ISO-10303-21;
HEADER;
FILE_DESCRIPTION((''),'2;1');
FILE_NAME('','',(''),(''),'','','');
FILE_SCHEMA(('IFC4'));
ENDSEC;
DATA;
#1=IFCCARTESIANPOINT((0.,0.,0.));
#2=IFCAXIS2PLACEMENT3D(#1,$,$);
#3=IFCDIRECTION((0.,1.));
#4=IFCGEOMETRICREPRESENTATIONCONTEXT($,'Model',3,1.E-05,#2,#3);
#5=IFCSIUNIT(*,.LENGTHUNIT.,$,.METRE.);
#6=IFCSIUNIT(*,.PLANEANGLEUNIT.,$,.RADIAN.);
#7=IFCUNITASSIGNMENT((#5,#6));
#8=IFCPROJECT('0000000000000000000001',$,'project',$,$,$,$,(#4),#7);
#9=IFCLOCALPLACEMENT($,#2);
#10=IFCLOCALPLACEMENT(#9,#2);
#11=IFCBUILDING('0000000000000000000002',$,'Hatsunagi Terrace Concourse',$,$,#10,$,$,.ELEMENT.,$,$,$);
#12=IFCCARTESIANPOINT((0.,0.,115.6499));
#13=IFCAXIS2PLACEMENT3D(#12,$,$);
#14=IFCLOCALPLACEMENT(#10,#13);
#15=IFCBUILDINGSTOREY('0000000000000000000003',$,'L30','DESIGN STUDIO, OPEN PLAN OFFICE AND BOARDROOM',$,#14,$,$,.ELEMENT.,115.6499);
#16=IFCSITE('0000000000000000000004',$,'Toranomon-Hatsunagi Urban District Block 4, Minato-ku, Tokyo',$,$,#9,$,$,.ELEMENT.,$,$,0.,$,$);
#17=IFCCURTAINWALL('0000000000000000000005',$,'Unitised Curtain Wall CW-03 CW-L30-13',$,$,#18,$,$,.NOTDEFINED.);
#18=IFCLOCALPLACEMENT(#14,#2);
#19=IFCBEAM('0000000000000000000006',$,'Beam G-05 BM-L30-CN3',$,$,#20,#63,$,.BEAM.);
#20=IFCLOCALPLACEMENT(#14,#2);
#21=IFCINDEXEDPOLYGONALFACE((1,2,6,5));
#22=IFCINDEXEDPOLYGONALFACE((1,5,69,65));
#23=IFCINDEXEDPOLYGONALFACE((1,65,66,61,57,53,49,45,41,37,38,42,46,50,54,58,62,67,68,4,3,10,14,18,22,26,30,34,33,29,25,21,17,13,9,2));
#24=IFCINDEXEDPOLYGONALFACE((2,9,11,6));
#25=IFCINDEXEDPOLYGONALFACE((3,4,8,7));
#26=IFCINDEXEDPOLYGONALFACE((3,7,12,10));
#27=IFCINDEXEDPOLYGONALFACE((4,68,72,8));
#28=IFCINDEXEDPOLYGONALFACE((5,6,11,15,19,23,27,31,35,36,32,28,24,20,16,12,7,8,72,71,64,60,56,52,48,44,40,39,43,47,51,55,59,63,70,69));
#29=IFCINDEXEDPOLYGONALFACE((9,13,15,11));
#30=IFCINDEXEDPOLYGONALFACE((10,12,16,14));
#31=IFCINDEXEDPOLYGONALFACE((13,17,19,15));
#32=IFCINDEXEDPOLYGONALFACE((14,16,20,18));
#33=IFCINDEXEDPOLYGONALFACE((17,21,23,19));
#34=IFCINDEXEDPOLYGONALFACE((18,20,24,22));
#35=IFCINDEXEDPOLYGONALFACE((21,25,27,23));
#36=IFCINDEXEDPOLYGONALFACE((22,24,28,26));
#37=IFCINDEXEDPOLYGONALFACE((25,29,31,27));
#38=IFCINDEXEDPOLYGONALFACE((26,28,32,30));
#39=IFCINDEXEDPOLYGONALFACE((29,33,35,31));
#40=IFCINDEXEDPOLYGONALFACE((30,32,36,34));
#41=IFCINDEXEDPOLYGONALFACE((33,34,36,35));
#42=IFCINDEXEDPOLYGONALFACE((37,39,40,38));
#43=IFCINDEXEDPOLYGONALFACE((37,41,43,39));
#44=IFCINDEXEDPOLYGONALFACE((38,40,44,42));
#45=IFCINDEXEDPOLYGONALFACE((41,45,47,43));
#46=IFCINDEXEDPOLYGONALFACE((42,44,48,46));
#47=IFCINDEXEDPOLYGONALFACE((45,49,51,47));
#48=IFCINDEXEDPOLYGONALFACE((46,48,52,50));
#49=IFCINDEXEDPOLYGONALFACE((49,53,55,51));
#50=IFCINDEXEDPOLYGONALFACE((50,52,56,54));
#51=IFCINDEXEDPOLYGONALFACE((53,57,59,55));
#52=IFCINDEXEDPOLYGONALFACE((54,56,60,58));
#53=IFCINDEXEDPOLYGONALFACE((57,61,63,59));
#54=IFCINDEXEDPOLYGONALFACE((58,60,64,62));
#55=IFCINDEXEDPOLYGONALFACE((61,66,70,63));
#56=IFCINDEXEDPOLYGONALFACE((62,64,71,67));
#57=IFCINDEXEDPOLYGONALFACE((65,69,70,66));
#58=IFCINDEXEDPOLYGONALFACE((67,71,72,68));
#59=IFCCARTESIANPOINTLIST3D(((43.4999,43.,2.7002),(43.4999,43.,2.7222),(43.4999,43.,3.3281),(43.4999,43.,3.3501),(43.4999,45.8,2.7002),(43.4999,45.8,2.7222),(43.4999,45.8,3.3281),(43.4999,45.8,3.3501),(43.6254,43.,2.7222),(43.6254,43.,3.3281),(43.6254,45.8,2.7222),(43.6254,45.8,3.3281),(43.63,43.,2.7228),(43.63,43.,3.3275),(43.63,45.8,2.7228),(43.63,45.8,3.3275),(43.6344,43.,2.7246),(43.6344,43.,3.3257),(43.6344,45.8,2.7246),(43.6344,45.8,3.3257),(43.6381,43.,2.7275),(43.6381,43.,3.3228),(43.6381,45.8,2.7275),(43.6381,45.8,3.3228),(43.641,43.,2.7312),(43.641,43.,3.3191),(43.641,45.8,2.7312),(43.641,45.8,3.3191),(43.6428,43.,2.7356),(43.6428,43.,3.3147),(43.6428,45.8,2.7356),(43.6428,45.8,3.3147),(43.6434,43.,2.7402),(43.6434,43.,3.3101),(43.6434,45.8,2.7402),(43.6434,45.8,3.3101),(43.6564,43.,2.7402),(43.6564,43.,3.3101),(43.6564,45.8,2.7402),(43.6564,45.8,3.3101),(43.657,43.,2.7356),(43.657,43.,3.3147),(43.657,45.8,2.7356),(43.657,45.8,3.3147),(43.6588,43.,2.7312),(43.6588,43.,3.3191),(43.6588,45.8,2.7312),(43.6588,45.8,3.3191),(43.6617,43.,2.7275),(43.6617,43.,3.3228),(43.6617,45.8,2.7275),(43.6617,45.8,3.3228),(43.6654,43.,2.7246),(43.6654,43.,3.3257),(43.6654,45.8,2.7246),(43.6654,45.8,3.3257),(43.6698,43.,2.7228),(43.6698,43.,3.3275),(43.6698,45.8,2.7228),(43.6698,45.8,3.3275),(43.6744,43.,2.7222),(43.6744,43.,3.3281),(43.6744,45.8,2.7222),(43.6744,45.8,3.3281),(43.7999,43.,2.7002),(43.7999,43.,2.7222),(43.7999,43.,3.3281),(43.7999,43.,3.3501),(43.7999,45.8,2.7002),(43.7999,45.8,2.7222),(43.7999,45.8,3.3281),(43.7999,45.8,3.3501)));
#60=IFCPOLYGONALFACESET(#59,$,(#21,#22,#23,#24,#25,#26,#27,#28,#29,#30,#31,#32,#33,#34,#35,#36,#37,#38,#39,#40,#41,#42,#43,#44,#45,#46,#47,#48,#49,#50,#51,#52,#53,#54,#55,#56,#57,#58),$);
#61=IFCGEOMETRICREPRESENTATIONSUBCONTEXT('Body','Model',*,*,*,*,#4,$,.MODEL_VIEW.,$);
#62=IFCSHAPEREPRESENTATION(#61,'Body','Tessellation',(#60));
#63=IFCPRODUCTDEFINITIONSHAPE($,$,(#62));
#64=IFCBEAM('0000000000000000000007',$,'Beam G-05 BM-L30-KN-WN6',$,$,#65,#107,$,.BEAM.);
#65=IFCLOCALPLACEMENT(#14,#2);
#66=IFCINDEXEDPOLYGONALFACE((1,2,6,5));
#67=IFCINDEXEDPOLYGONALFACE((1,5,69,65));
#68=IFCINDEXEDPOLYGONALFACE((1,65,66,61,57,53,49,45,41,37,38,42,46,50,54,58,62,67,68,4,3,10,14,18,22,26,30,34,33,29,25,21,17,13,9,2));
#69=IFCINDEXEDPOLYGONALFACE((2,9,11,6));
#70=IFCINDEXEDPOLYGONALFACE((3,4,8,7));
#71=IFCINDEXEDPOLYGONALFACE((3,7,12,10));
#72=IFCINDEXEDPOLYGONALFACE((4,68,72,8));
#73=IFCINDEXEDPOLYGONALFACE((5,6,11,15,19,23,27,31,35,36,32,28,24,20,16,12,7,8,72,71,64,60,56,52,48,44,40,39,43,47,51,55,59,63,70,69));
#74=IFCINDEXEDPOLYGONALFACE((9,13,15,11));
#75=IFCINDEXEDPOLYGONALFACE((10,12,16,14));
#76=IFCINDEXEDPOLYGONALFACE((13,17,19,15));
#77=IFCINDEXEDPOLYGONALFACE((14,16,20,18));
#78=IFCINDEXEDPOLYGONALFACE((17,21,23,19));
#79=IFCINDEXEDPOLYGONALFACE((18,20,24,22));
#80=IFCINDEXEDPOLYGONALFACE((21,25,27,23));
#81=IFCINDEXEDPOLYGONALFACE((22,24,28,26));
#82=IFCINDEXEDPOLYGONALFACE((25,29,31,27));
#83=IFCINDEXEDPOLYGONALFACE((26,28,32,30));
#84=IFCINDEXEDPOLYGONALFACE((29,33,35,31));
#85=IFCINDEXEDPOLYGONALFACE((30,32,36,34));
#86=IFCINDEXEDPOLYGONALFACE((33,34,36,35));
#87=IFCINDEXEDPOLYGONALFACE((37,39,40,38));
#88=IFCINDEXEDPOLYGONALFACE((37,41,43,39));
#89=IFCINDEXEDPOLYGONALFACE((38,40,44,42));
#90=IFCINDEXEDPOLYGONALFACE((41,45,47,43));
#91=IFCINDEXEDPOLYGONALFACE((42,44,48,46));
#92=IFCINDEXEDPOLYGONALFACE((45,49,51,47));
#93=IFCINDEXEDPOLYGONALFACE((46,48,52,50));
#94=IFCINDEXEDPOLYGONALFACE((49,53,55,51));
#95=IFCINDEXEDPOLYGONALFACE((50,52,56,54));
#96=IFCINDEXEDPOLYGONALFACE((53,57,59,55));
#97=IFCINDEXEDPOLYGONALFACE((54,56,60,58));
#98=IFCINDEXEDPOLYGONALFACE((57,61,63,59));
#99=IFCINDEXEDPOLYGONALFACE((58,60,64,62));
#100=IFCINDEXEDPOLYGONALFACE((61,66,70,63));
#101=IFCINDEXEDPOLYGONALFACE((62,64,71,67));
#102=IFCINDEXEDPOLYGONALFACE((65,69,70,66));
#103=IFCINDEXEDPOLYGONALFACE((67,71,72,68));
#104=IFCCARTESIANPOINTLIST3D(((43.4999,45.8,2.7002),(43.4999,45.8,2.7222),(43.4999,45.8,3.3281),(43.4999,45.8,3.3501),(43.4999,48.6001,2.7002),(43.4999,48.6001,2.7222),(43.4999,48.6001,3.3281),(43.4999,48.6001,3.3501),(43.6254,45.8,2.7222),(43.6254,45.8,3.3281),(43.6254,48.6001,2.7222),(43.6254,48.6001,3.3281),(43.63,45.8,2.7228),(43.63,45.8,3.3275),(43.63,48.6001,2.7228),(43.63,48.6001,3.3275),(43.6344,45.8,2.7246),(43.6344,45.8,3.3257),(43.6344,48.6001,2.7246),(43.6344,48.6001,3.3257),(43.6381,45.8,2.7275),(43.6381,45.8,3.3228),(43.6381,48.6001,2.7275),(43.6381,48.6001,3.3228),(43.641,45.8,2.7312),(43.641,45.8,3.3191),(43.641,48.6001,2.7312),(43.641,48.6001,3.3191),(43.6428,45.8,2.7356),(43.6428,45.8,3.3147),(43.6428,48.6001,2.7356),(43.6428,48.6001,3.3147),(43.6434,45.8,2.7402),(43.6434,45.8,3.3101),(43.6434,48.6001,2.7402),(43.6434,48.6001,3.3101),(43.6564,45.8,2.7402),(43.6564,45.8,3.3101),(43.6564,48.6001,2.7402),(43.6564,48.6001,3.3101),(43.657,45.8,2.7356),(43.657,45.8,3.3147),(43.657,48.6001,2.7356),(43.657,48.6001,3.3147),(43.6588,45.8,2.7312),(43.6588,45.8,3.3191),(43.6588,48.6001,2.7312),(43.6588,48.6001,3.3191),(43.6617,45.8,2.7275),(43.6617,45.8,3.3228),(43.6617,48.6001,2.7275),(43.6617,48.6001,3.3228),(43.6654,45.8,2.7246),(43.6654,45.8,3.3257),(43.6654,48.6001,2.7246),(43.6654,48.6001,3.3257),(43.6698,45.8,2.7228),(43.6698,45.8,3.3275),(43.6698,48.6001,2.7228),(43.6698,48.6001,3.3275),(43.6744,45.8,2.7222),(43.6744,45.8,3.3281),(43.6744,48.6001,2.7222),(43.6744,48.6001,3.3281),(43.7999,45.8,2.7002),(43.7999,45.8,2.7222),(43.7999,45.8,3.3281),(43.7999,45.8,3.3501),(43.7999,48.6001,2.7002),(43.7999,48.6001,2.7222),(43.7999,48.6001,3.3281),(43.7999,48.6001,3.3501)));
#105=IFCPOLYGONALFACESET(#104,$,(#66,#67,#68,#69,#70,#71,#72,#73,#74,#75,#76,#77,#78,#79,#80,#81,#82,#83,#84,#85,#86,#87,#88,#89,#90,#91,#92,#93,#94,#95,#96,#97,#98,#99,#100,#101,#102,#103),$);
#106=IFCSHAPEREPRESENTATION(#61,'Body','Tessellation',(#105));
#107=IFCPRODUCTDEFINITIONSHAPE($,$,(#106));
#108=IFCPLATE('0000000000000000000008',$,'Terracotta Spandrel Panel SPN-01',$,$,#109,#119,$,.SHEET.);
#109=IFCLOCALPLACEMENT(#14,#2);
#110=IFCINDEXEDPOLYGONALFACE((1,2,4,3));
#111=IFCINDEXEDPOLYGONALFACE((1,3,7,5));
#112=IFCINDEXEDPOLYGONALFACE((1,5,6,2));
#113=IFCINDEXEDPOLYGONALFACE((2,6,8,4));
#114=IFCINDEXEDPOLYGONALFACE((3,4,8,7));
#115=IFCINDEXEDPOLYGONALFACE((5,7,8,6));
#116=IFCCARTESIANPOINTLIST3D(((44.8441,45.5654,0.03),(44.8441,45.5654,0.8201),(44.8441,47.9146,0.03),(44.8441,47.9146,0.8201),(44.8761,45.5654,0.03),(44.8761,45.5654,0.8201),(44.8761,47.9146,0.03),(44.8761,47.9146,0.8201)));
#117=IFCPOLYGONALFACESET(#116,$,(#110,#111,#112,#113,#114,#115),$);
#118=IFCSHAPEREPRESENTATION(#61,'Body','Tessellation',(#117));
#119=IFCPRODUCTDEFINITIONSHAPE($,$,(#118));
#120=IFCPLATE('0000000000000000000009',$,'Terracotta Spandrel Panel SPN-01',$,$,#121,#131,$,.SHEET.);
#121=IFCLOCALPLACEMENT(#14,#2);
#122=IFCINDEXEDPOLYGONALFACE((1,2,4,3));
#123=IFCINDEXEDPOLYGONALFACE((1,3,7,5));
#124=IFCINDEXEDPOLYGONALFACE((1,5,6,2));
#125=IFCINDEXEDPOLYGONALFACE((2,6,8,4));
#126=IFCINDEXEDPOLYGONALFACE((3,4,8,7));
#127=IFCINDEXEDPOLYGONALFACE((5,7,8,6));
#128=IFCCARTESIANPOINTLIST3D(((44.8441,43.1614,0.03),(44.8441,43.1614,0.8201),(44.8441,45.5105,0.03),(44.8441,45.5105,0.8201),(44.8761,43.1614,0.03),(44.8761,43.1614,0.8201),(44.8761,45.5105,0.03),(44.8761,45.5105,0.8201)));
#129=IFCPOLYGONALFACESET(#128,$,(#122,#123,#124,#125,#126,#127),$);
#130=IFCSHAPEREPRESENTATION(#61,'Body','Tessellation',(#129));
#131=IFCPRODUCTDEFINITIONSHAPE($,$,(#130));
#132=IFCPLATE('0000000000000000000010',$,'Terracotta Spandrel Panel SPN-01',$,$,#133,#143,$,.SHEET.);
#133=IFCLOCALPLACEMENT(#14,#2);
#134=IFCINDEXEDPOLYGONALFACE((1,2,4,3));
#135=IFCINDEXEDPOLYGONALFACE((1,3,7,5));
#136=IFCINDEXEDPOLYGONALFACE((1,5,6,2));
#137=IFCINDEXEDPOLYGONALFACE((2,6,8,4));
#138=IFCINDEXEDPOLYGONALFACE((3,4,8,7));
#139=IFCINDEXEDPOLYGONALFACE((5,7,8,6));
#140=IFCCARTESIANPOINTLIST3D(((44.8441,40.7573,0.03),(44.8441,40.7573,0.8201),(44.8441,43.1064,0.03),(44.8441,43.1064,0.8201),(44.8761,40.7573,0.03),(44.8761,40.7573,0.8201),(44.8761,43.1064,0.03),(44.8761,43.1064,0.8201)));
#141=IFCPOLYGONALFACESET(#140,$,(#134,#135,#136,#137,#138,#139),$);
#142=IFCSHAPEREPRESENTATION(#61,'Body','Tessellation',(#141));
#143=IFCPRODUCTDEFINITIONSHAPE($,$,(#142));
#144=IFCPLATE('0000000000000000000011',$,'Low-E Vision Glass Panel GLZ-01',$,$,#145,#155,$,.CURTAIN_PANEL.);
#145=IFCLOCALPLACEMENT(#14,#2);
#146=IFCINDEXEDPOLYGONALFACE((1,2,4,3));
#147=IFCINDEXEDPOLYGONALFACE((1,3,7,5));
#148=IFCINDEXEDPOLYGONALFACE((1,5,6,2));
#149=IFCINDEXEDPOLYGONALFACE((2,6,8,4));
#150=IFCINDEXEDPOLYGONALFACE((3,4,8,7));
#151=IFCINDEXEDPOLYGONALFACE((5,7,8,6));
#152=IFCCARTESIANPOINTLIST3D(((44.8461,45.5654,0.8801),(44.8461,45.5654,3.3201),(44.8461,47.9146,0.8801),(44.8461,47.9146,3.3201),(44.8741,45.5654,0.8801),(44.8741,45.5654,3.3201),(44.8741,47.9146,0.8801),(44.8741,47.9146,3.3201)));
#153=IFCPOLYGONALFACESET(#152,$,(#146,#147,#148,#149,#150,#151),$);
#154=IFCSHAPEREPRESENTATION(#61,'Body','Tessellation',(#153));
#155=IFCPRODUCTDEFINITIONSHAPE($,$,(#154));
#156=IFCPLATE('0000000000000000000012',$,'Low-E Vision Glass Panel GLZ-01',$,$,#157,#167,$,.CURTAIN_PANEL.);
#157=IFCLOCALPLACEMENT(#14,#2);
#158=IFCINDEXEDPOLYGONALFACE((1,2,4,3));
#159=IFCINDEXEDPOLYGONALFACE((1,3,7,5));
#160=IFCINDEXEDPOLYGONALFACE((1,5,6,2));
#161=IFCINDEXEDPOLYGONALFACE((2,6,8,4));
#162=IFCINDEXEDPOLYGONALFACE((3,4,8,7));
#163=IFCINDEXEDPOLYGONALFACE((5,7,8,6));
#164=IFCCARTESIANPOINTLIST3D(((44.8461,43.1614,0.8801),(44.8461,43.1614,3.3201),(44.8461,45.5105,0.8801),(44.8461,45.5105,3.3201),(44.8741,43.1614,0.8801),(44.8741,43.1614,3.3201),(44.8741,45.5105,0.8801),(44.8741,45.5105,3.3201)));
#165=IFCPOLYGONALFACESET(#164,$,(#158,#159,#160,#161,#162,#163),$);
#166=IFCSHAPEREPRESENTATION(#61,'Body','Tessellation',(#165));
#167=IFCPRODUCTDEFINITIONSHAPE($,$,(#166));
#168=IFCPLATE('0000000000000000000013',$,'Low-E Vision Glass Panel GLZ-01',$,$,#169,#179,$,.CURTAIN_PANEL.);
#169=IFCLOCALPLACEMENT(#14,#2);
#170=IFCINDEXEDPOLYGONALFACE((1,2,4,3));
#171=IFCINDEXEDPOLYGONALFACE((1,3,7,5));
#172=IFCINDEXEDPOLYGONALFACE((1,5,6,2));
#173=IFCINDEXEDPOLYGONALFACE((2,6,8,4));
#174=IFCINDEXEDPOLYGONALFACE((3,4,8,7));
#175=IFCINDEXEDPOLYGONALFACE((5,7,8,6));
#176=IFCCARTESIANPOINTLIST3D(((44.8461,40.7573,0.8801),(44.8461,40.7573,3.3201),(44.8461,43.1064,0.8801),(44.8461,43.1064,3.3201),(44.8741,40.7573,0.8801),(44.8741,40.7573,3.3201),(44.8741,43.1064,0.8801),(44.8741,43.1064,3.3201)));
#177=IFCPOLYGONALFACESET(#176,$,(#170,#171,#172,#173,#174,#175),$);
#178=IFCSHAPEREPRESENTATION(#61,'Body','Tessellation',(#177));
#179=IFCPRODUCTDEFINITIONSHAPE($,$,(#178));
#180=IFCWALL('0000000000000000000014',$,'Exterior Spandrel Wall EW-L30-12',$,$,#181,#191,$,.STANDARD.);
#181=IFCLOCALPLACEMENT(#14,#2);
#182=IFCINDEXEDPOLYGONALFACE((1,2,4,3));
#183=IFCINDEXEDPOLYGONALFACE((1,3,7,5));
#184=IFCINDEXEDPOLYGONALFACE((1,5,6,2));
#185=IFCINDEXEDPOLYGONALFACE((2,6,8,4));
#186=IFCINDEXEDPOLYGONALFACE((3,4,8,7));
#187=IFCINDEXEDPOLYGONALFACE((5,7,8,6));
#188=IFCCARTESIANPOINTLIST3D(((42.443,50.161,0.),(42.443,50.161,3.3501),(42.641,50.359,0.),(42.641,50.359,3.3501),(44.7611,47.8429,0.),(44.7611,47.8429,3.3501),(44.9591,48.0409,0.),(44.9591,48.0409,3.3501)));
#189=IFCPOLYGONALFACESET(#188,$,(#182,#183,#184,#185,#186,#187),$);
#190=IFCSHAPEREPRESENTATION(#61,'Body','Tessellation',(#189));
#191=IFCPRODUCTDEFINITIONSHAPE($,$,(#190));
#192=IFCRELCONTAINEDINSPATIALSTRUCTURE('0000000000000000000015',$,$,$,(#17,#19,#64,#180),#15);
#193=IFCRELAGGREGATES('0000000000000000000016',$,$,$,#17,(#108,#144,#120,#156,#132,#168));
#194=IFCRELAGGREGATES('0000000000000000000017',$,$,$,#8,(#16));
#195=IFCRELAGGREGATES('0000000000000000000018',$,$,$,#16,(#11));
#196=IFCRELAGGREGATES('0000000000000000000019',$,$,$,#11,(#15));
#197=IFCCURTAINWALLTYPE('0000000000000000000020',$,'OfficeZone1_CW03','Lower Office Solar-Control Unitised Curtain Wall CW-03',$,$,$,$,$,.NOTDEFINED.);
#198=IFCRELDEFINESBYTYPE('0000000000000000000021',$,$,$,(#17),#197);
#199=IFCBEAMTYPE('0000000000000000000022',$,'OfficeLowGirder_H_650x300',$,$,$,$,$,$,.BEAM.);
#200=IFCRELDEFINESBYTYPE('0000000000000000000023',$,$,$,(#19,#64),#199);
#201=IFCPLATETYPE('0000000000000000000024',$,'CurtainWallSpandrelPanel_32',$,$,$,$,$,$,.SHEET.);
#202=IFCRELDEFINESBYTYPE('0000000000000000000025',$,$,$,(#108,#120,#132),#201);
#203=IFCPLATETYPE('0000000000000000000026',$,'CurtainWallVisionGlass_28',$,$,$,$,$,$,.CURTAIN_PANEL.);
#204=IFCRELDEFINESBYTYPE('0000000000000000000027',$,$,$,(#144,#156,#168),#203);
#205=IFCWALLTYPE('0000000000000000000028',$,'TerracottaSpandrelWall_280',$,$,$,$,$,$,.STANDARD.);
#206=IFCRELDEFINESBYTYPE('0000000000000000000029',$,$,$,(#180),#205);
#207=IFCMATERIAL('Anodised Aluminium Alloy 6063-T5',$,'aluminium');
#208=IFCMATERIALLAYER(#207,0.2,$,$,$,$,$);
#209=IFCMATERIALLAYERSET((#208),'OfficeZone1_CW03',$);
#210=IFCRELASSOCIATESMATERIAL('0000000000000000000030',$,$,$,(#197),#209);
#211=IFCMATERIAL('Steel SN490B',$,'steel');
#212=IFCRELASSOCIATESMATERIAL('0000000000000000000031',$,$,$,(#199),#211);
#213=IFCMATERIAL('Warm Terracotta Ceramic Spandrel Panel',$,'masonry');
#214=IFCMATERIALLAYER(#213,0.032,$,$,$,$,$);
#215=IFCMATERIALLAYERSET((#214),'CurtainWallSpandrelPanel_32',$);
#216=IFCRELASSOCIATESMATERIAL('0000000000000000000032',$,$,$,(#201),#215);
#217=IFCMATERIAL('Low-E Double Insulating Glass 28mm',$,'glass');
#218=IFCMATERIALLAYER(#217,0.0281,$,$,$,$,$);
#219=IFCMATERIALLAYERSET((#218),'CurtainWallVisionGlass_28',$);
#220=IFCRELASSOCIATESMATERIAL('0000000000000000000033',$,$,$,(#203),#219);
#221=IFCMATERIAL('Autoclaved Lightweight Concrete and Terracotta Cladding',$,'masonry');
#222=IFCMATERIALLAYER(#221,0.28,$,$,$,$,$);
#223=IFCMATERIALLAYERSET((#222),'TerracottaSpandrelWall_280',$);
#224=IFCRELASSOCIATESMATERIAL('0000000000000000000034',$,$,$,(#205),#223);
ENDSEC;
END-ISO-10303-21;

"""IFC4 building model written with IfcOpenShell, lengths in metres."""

from ifc_helpers import new_model, si_unit, direction, frame, frame_2d, origin, origin_2d, place, context, subcontext, project, spatial, rectangle, i_section, extrude, material, layer, layer_set, material_profile, profile_set, type_object, element, aggregate, save


model = new_model("IFC4")

# Units and contexts
model_context = context("Model", 3, precision=1e-05, world=origin(), true_north=direction((0.0, 1.0)))
body_context = subcontext(model_context, "Body", "Model", "MODEL_VIEW")
ifc_project = project(units=[si_unit("LENGTHUNIT", "METRE"), si_unit("PLANEANGLEUNIT", "RADIAN")], contexts=[model_context])

# Site, building, storey
site_placement = place(None, origin())
site = spatial("IfcSite", under=ifc_project, at=site_placement, Name="Toranomon-Hatsunagi Urban District Block 4, Minato-ku, Tokyo", CompositionType="ELEMENT", RefElevation=0.0)
building_placement = place(site_placement, origin())
building = spatial("IfcBuilding", under=site, at=building_placement, Name="Hatsunagi Terrace Concourse", CompositionType="ELEMENT")
storey_placement = place(building_placement, frame((0.0, 0.0, 115.6499)))
storey = spatial("IfcBuildingStorey", under=building, at=storey_placement, Name="L30", Description="DESIGN STUDIO, OPEN PLAN OFFICE AND BOARDROOM", CompositionType="ELEMENT", Elevation=115.6499)

# Curtain wall
ifc_material_1 = material(Name="Anodised Aluminium Alloy 6063-T5", Category="aluminium")
ifc_layer_1 = layer(ifc_material_1, 0.2)
ifc_layer_set_1 = layer_set([ifc_layer_1], Name="OfficeZone1_CW03")
curtain_wall_type = type_object("IfcCurtainWallType", Name="OfficeZone1_CW03", Description="Lower Office Solar-Control Unitised Curtain Wall CW-03", PredefinedType="NOTDEFINED", material=ifc_layer_set_1)
curtain_wall_placement = place(storey_placement, origin())
curtain_wall = element("IfcCurtainWall", 1, at=curtain_wall_placement, inside=storey, type_object=curtain_wall_type, Name="Unitised Curtain Wall CW-03 CW-L30-13", PredefinedType="NOTDEFINED")

# Beams
ifc_material_2 = material(Name="Steel SN490B", Category="steel")
ifc_material_profile_1 = material_profile(ifc_material_2, i_section(OverallWidth=0.3, OverallDepth=0.6499, WebThickness=0.0129, FlangeThickness=0.022, FilletRadius=0.0181, at=origin_2d()), Name="H-650x300x13x22")
ifc_profile_set_1 = profile_set([ifc_material_profile_1], Name="Steel SN490B")
beam_type = type_object("IfcBeamType", Name="OfficeLowGirder_H_650x300", PredefinedType="BEAM", material=ifc_profile_set_1)
for number, where, z_axis, x_axis, name in (
    (2, (43.6499, 43.0, 3.0251), (0.0, 1.0, 0.0), (-1.0, 0.0, 0.0), "Beam G-05 BM-L30-CN3"),
    (3, (43.6499, 45.8, 3.0251), (0.0, 1.0, 0.0), (-1.0, 0.0, 0.0), "Beam G-05 BM-L30-KN-WN6"),
):
    element("IfcBeam", number, at=place(storey_placement, frame(where, z_axis=z_axis, x_axis=x_axis)), inside=storey, type_object=beam_type, Name=name, PredefinedType="BEAM", context=body_context, shape_type="SweptSolid", body=[
        extrude(i_section(OverallWidth=0.3, OverallDepth=0.6499, WebThickness=0.0129, FlangeThickness=0.022, FilletRadius=0.0181, at=origin_2d()), origin(), (0.0, 0.0, 1.0), 2.8),
    ])

# Plates
ifc_material_3 = material(Name="Warm Terracotta Ceramic Spandrel Panel", Category="masonry")
ifc_layer_2 = layer(ifc_material_3, 0.032)
ifc_layer_set_2 = layer_set([ifc_layer_2], Name="CurtainWallSpandrelPanel_32")
plate_type_1 = type_object("IfcPlateType", Name="CurtainWallSpandrelPanel_32", PredefinedType="SHEET", material=ifc_layer_set_2)
plate_1_placement = place(storey_placement, frame((44.8601, 46.74, 0.03), z_axis=(0.0, 0.0, 1.0), x_axis=(0.0, -1.0, 0.0)))
plate_1 = element("IfcPlate", 4, at=plate_1_placement, type_object=plate_type_1, Name="Terracotta Spandrel Panel SPN-01", PredefinedType="SHEET", context=body_context, shape_type="SweptSolid", body=[
    extrude(rectangle(XDim=2.3491, YDim=0.032, at=origin_2d()), origin(), (0.0, 0.0, 1.0), 0.79),
])
plate_2_placement = place(storey_placement, frame((44.8601, 44.3359, 0.03), z_axis=(0.0, 0.0, 1.0), x_axis=(0.0, -1.0, 0.0)))
plate_2 = element("IfcPlate", 5, at=plate_2_placement, type_object=plate_type_1, Name="Terracotta Spandrel Panel SPN-01", PredefinedType="SHEET", context=body_context, shape_type="SweptSolid", body=[
    extrude(rectangle(XDim=2.3491, YDim=0.032, at=origin_2d()), origin(), (0.0, 0.0, 1.0), 0.79),
])
plate_3_placement = place(storey_placement, frame((44.8601, 41.9319, 0.03), z_axis=(0.0, 0.0, 1.0), x_axis=(0.0, -1.0, 0.0)))
plate_3 = element("IfcPlate", 6, at=plate_3_placement, type_object=plate_type_1, Name="Terracotta Spandrel Panel SPN-01", PredefinedType="SHEET", context=body_context, shape_type="SweptSolid", body=[
    extrude(rectangle(XDim=2.3491, YDim=0.032, at=origin_2d()), origin(), (0.0, 0.0, 1.0), 0.79),
])
ifc_material_4 = material(Name="Low-E Double Insulating Glass 28mm", Category="glass")
ifc_layer_3 = layer(ifc_material_4, 0.0281)
ifc_layer_set_3 = layer_set([ifc_layer_3], Name="CurtainWallVisionGlass_28")
plate_type_2 = type_object("IfcPlateType", Name="CurtainWallVisionGlass_28", PredefinedType="CURTAIN_PANEL", material=ifc_layer_set_3)
plate_4_placement = place(storey_placement, frame((44.8601, 46.74, 0.8801), z_axis=(0.0, 0.0, 1.0), x_axis=(0.0, -1.0, 0.0)))
plate_4 = element("IfcPlate", 7, at=plate_4_placement, type_object=plate_type_2, Name="Low-E Vision Glass Panel GLZ-01", PredefinedType="CURTAIN_PANEL", context=body_context, shape_type="SweptSolid", body=[
    extrude(rectangle(XDim=2.3491, YDim=0.0281, at=origin_2d()), origin(), (0.0, 0.0, 1.0), 2.4399),
])
plate_5_placement = place(storey_placement, frame((44.8601, 44.3359, 0.8801), z_axis=(0.0, 0.0, 1.0), x_axis=(0.0, -1.0, 0.0)))
plate_5 = element("IfcPlate", 8, at=plate_5_placement, type_object=plate_type_2, Name="Low-E Vision Glass Panel GLZ-01", PredefinedType="CURTAIN_PANEL", context=body_context, shape_type="SweptSolid", body=[
    extrude(rectangle(XDim=2.3491, YDim=0.0281, at=origin_2d()), origin(), (0.0, 0.0, 1.0), 2.4399),
])
plate_6_placement = place(storey_placement, frame((44.8601, 41.9319, 0.8801), z_axis=(0.0, 0.0, 1.0), x_axis=(0.0, -1.0, 0.0)))
plate_6 = element("IfcPlate", 9, at=plate_6_placement, type_object=plate_type_2, Name="Low-E Vision Glass Panel GLZ-01", PredefinedType="CURTAIN_PANEL", context=body_context, shape_type="SweptSolid", body=[
    extrude(rectangle(XDim=2.3491, YDim=0.0281, at=origin_2d()), origin(), (0.0, 0.0, 1.0), 2.4399),
])
aggregate(curtain_wall, [plate_1, plate_4, plate_2, plate_5, plate_3, plate_6])

# Wall
ifc_material_5 = material(Name="Autoclaved Lightweight Concrete and Terracotta Cladding", Category="masonry")
ifc_layer_4 = layer(ifc_material_5, 0.28)
ifc_layer_set_4 = layer_set([ifc_layer_4], Name="TerracottaSpandrelWall_280")
wall_type = type_object("IfcWallType", Name="TerracottaSpandrelWall_280", PredefinedType="STANDARD", material=ifc_layer_set_4)
wall_placement = place(storey_placement, frame((42.542, 50.26, 0.0), z_axis=(0.0, 0.0, 1.0), x_axis=(0.707107, -0.707107, 0.0)))
element("IfcWall", 10, at=wall_placement, inside=storey, type_object=wall_type, Name="Exterior Spandrel Wall EW-L30-12", PredefinedType="STANDARD", context=body_context, shape_type="SweptSolid", body=[
    extrude(rectangle(XDim=3.2783, YDim=0.28, at=frame_2d((1.6392, 0.0))), origin(), (0.0, 0.0, 1.0), 3.3501),
])

save(model, "model.ifc")
